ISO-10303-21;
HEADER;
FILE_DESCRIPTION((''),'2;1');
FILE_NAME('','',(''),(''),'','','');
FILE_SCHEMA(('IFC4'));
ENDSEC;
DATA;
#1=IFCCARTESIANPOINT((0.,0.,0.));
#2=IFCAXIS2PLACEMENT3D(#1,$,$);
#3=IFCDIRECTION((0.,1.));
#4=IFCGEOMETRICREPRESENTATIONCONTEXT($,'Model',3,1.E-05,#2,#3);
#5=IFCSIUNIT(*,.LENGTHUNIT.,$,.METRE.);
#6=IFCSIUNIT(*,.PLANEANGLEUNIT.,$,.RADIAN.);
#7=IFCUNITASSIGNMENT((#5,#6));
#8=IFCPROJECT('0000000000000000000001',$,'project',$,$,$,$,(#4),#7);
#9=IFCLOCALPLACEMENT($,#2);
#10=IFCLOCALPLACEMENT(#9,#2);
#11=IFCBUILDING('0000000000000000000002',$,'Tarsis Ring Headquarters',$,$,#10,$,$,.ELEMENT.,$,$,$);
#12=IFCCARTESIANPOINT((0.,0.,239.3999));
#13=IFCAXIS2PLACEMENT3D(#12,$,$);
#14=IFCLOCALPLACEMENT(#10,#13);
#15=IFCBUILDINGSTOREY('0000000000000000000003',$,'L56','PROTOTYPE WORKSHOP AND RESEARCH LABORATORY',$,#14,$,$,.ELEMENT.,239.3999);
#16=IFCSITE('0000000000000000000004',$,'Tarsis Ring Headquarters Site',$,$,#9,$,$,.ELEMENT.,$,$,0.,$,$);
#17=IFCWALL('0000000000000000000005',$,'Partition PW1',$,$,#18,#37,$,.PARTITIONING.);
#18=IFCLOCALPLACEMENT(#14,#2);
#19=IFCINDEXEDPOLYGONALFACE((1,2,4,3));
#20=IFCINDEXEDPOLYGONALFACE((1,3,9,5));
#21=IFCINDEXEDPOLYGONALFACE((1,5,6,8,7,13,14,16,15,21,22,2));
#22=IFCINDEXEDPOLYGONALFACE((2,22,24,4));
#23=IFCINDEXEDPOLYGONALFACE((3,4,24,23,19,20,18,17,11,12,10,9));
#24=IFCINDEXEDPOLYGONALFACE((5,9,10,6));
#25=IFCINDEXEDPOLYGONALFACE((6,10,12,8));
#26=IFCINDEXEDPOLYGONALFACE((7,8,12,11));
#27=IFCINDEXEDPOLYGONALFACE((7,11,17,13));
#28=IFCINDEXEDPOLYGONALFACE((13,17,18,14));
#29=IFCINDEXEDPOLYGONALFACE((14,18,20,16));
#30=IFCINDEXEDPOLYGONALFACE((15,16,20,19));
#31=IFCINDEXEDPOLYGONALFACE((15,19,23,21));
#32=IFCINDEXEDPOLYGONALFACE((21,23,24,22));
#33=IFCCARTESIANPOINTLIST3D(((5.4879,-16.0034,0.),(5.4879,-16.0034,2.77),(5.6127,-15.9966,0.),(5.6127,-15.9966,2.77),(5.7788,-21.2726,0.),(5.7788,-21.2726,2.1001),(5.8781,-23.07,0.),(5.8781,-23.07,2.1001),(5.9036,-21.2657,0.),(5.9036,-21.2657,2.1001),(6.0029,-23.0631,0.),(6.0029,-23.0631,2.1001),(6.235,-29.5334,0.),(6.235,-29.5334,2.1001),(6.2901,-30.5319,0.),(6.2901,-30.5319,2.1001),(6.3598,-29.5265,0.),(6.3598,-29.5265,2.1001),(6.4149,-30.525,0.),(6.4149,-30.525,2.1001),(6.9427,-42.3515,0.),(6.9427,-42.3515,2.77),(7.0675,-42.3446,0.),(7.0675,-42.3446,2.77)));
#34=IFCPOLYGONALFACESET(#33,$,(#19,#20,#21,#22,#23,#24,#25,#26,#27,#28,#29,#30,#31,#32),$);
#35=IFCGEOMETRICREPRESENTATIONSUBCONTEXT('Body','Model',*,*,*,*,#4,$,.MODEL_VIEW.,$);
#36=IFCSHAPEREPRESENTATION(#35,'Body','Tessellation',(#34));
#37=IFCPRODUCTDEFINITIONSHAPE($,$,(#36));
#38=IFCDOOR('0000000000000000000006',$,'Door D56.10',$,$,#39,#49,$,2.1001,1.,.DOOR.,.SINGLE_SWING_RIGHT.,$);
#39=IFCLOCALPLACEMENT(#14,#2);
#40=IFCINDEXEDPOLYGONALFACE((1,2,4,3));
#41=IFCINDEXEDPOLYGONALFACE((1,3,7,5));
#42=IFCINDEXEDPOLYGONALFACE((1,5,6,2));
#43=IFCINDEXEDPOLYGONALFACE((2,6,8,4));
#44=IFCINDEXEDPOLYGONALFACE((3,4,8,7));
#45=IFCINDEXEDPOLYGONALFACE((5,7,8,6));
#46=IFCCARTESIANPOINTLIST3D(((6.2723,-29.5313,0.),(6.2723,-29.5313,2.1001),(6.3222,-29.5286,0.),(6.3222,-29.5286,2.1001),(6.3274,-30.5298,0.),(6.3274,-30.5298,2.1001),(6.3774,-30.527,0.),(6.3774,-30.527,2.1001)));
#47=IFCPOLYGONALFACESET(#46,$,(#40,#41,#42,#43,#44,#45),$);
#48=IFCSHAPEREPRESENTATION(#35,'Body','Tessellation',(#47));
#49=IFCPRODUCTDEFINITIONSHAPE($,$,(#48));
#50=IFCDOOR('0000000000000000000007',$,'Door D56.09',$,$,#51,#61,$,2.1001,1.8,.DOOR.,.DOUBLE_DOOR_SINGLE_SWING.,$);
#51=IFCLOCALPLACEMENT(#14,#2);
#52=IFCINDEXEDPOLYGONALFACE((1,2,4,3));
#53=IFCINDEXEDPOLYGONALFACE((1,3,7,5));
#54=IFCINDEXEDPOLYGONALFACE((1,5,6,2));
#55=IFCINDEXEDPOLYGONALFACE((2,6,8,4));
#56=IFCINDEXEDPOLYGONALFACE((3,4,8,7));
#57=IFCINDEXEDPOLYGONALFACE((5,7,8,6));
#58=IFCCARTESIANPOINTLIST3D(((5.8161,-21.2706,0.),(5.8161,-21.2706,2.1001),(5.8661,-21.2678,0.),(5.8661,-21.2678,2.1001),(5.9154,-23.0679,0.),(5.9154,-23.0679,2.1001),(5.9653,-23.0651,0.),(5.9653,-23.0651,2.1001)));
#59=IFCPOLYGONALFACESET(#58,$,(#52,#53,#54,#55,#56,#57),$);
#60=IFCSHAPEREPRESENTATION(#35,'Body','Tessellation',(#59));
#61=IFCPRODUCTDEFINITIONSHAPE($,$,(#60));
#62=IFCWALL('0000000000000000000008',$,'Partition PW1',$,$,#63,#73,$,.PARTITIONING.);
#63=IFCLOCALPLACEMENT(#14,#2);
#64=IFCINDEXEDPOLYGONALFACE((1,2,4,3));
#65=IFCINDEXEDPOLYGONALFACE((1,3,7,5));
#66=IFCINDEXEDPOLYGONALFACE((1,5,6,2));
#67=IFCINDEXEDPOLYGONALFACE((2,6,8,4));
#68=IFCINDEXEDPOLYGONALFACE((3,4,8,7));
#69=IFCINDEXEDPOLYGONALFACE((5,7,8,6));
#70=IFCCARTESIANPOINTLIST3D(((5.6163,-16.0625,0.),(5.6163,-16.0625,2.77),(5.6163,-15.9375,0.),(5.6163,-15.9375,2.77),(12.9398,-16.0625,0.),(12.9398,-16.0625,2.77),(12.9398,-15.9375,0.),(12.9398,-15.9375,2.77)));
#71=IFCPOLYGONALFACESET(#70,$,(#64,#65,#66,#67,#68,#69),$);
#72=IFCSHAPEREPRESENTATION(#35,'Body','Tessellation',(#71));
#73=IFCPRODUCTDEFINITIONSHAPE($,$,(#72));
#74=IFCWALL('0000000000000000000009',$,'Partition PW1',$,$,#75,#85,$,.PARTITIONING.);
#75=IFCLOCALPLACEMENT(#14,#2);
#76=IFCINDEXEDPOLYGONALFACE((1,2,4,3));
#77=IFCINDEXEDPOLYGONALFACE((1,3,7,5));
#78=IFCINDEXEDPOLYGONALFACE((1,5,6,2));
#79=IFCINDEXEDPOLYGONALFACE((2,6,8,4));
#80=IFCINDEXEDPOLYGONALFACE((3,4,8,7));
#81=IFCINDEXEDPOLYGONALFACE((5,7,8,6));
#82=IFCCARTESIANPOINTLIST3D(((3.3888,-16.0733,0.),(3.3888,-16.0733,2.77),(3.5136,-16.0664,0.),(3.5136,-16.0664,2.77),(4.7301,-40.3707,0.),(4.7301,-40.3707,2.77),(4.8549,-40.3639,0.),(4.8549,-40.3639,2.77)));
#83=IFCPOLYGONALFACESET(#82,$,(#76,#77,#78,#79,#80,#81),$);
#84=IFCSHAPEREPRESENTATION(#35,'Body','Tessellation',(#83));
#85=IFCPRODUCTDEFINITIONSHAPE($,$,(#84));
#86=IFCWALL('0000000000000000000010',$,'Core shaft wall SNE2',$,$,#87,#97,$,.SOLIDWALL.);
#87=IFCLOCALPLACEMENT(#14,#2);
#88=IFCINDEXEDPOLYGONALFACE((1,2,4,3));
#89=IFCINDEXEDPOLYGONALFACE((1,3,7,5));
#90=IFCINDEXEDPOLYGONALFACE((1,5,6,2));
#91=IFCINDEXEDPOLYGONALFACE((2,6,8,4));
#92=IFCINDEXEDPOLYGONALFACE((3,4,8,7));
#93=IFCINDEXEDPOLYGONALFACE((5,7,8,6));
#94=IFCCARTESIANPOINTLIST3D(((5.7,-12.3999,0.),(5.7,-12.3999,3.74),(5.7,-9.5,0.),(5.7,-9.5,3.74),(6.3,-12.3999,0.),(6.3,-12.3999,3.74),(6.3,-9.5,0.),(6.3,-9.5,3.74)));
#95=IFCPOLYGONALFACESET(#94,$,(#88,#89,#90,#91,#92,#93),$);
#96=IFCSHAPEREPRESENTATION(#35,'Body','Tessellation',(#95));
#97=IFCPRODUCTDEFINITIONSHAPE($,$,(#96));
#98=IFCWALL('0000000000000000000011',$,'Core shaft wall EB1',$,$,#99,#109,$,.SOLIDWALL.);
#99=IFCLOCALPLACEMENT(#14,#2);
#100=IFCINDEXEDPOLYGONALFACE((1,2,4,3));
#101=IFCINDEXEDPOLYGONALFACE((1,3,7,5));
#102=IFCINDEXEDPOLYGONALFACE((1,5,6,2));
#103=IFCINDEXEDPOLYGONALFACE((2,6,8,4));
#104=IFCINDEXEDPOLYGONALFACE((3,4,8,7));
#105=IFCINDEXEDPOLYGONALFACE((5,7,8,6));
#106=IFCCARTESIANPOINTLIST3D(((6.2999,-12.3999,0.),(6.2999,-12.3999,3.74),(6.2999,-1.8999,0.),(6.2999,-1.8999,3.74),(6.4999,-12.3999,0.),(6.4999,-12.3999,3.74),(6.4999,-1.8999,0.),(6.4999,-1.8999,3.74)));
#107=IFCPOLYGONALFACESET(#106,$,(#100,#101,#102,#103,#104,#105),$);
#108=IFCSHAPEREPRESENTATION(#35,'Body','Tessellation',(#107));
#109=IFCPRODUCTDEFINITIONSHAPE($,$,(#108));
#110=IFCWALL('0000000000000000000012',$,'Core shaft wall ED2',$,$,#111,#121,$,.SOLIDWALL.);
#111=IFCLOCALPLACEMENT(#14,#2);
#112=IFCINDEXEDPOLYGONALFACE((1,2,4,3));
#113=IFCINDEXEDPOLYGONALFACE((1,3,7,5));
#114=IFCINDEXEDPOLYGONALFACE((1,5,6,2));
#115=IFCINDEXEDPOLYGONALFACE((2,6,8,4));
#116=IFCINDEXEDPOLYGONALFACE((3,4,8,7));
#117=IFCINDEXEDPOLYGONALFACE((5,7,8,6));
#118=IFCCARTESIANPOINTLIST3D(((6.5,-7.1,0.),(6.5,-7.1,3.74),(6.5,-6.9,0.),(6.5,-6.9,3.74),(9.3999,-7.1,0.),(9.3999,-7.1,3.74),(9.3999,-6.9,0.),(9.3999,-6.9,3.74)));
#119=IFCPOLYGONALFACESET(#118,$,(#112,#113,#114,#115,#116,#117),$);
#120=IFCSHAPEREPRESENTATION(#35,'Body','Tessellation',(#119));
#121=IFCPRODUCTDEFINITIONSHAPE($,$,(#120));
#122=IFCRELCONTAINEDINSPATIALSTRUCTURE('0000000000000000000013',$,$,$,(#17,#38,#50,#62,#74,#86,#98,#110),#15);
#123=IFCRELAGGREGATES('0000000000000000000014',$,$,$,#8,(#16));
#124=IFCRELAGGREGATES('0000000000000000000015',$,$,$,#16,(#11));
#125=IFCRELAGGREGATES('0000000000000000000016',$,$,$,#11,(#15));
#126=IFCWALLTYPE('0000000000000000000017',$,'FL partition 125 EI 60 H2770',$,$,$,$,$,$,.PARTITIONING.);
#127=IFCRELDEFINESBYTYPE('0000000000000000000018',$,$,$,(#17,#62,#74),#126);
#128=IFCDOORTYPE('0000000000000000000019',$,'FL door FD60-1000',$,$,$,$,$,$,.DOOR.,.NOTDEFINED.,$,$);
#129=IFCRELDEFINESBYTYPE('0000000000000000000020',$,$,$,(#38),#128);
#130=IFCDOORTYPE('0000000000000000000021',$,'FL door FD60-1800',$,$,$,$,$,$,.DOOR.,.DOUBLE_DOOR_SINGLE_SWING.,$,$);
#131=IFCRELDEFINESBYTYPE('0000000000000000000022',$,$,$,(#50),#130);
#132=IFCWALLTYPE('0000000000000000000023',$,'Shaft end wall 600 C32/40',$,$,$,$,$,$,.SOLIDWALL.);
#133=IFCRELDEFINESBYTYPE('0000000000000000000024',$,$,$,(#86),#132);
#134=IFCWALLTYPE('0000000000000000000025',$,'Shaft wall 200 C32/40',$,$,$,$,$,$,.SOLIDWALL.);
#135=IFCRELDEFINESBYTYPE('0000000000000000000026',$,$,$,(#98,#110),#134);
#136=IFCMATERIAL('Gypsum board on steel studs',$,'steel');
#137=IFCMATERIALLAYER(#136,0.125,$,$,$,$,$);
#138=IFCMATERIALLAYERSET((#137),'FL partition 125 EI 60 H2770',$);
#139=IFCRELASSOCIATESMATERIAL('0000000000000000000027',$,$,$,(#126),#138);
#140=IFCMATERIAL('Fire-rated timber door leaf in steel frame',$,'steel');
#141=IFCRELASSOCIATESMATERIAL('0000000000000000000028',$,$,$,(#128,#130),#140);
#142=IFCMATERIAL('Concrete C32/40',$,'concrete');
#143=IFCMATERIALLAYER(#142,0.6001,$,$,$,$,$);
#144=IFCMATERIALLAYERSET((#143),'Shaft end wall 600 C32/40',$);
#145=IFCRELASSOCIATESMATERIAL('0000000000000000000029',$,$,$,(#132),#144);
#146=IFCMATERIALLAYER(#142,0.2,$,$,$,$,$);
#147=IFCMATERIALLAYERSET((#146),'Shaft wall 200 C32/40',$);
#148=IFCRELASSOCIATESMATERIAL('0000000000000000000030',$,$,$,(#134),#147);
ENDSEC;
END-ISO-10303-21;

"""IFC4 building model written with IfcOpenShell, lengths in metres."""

from ifc_helpers import new_model, si_unit, direction, frame, frame_2d, origin, place, context, subcontext, project, spatial, rectangle, extrude, material, layer, layer_set, type_object, element, fill, save


model = new_model("IFC4")

# Units and contexts
model_context = context("Model", 3, precision=1e-05, world=origin(), true_north=direction((0.0, 1.0)))
body_context = subcontext(model_context, "Body", "Model", "MODEL_VIEW")
ifc_project = project(units=[si_unit("LENGTHUNIT", "METRE"), si_unit("PLANEANGLEUNIT", "RADIAN")], contexts=[model_context])

# Site, building, storey
site_placement = place(None, origin())
site = spatial("IfcSite", under=ifc_project, at=site_placement, Name="Tarsis Ring Headquarters Site", CompositionType="ELEMENT", RefElevation=0.0)
building_placement = place(site_placement, origin())
building = spatial("IfcBuilding", under=site, at=building_placement, Name="Tarsis Ring Headquarters", CompositionType="ELEMENT")
storey_placement = place(building_placement, frame((0.0, 0.0, 239.3999)))
storey = spatial("IfcBuildingStorey", under=building, at=storey_placement, Name="L56", Description="PROTOTYPE WORKSHOP AND RESEARCH LABORATORY", CompositionType="ELEMENT", Elevation=239.3999)

# Wall, openings, doors
ifc_material_1 = material(Name="Gypsum board on steel studs", Category="steel")
ifc_layer_1 = layer(ifc_material_1, 0.125)
ifc_layer_set_1 = layer_set([ifc_layer_1], Name="FL partition 125 EI 60 H2770")
wall_type_1 = type_object("IfcWallType", Name="FL partition 125 EI 60 H2770", PredefinedType="PARTITIONING", material=ifc_layer_set_1)
wall_1_placement = place(storey_placement, frame((5.5503, -16.0, 0.0), z_axis=(0.0, 0.0, 1.0), x_axis=(0.055132, -0.998479, 0.0)))
wall_1 = element("IfcWall", 1, at=wall_1_placement, inside=storey, type_object=wall_type_1, Name="Partition PW1", PredefinedType="PARTITIONING", context=body_context, shape_type="SweptSolid", body=[
    extrude(rectangle(XDim=26.3882, YDim=0.125, at=frame_2d((13.1941, 0.0))), origin(), (0.0, 0.0, 1.0), 2.77),
])
opening_1_placement = place(wall_1_placement, frame((5.2773, 0.0, 0.0)))
opening_1 = element("IfcOpeningElement", 2, at=opening_1_placement, cuts=wall_1, PredefinedType="OPENING", context=body_context, shape_type="SweptSolid", body=[
    extrude(rectangle(XDim=1.8, YDim=2.1001, at=frame_2d((0.8999, 1.05))), frame((0.0, 0.0725, 0.0), z_axis=(0.0, -1.0, 0.0), x_axis=(1.0, 0.0, 0.0)), (0.0, 0.0, 1.0), 0.145),
])
opening_2_placement = place(wall_1_placement, frame((13.5505, 0.0, 0.0)))
opening_2 = element("IfcOpeningElement", 3, at=opening_2_placement, cuts=wall_1, PredefinedType="OPENING", context=body_context, shape_type="SweptSolid", body=[
    extrude(rectangle(XDim=1.0, YDim=2.1001, at=frame_2d((0.5, 1.05))), frame((0.0, 0.0725, 0.0), z_axis=(0.0, -1.0, 0.0), x_axis=(1.0, 0.0, 0.0)), (0.0, 0.0, 1.0), 0.145),
])
ifc_material_2 = material(Name="Fire-rated timber door leaf in steel frame", Category="steel")
door_type_1 = type_object("IfcDoorType", Name="FL door FD60-1000", OperationType="NOTDEFINED", PredefinedType="DOOR", material=ifc_material_2)
door_1_placement = place(opening_2_placement, origin())
door_1 = element("IfcDoor", 4, at=door_1_placement, inside=storey, type_object=door_type_1, Name="Door D56.10", OperationType="SINGLE_SWING_RIGHT", OverallHeight=2.1001, OverallWidth=1.0, PredefinedType="DOOR", context=body_context, shape_type="SweptSolid", body=[
    extrude(rectangle(XDim=1.0, YDim=2.1001, at=frame_2d((0.5, 1.05))), frame((0.0, 0.0249, 0.0), z_axis=(0.0, -1.0, 0.0), x_axis=(1.0, 0.0, 0.0)), (0.0, 0.0, 1.0), 0.05),
])
fill(opening_2, door_1)
door_type_2 = type_object("IfcDoorType", Name="FL door FD60-1800", OperationType="DOUBLE_DOOR_SINGLE_SWING", PredefinedType="DOOR", material=ifc_material_2)
door_2_placement = place(opening_1_placement, origin())
door_2 = element("IfcDoor", 5, at=door_2_placement, inside=storey, type_object=door_type_2, Name="Door D56.09", OperationType="DOUBLE_DOOR_SINGLE_SWING", OverallHeight=2.1001, OverallWidth=1.8, PredefinedType="DOOR", context=body_context, shape_type="SweptSolid", body=[
    extrude(rectangle(XDim=1.8, YDim=2.1001, at=frame_2d((0.8999, 1.05))), frame((0.0, 0.0249, 0.0), z_axis=(0.0, -1.0, 0.0), x_axis=(1.0, 0.0, 0.0)), (0.0, 0.0, 1.0), 0.05),
])
fill(opening_1, door_2)

# Walls
wall_2_placement = place(storey_placement, frame((5.6165, -16.0, 0.0), z_axis=(0.0, 0.0, 1.0), x_axis=(1.0, 0.0, 0.0)))
element("IfcWall", 6, at=wall_2_placement, inside=storey, type_object=wall_type_1, Name="Partition PW1", PredefinedType="PARTITIONING", context=body_context, shape_type="SweptSolid", body=[
    extrude(rectangle(XDim=7.3235, YDim=0.125, at=frame_2d((3.6616, 0.0))), origin(), (0.0, 0.0, 1.0), 2.77),
])
wall_3_placement = place(storey_placement, frame((3.4512, -16.0698, 0.0), z_axis=(0.0, 0.0, 1.0), x_axis=(0.05512, -0.99848, 0.0)))
element("IfcWall", 7, at=wall_3_placement, inside=storey, type_object=wall_type_1, Name="Partition PW1", PredefinedType="PARTITIONING", context=body_context, shape_type="SweptSolid", body=[
    extrude(rectangle(XDim=24.3345, YDim=0.125, at=frame_2d((12.1672, 0.0))), origin(), (0.0, 0.0, 1.0), 2.77),
])
ifc_material_3 = material(Name="Concrete C32/40", Category="concrete")
ifc_layer_2 = layer(ifc_material_3, 0.6001)
ifc_layer_set_2 = layer_set([ifc_layer_2], Name="Shaft end wall 600 C32/40")
wall_type_2 = type_object("IfcWallType", Name="Shaft end wall 600 C32/40", PredefinedType="SOLIDWALL", material=ifc_layer_set_2)
wall_4_placement = place(storey_placement, frame((6.0, -12.3999, 0.0), z_axis=(0.0, 0.0, 1.0), x_axis=(0.0, 1.0, 0.0)))
element("IfcWall", 8, at=wall_4_placement, inside=storey, type_object=wall_type_2, Name="Core shaft wall SNE2", PredefinedType="SOLIDWALL", context=body_context, shape_type="SweptSolid", body=[
    extrude(rectangle(XDim=2.8999, YDim=0.6001, at=frame_2d((1.45, 0.0))), origin(), (0.0, 0.0, 1.0), 3.74),
])
ifc_layer_3 = layer(ifc_material_3, 0.2)
ifc_layer_set_3 = layer_set([ifc_layer_3], Name="Shaft wall 200 C32/40")
wall_type_3 = type_object("IfcWallType", Name="Shaft wall 200 C32/40", PredefinedType="SOLIDWALL", material=ifc_layer_set_3)
wall_5_placement = place(storey_placement, frame((6.3999, -12.3999, 0.0), z_axis=(0.0, 0.0, 1.0), x_axis=(0.0, 1.0, 0.0)))
element("IfcWall", 9, at=wall_5_placement, inside=storey, type_object=wall_type_3, Name="Core shaft wall EB1", PredefinedType="SOLIDWALL", context=body_context, shape_type="SweptSolid", body=[
    extrude(rectangle(XDim=10.5, YDim=0.2, at=frame_2d((5.25, 0.0))), origin(), (0.0, 0.0, 1.0), 3.74),
])
wall_6_placement = place(storey_placement, frame((6.5, -7.0, 0.0), z_axis=(0.0, 0.0, 1.0), x_axis=(1.0, 0.0, 0.0)))
element("IfcWall", 10, at=wall_6_placement, inside=storey, type_object=wall_type_3, Name="Core shaft wall ED2", PredefinedType="SOLIDWALL", context=body_context, shape_type="SweptSolid", body=[
    extrude(rectangle(XDim=2.8999, YDim=0.2, at=frame_2d((1.45, 0.0))), origin(), (0.0, 0.0, 1.0), 3.74),
])

save(model, "model.ifc")
